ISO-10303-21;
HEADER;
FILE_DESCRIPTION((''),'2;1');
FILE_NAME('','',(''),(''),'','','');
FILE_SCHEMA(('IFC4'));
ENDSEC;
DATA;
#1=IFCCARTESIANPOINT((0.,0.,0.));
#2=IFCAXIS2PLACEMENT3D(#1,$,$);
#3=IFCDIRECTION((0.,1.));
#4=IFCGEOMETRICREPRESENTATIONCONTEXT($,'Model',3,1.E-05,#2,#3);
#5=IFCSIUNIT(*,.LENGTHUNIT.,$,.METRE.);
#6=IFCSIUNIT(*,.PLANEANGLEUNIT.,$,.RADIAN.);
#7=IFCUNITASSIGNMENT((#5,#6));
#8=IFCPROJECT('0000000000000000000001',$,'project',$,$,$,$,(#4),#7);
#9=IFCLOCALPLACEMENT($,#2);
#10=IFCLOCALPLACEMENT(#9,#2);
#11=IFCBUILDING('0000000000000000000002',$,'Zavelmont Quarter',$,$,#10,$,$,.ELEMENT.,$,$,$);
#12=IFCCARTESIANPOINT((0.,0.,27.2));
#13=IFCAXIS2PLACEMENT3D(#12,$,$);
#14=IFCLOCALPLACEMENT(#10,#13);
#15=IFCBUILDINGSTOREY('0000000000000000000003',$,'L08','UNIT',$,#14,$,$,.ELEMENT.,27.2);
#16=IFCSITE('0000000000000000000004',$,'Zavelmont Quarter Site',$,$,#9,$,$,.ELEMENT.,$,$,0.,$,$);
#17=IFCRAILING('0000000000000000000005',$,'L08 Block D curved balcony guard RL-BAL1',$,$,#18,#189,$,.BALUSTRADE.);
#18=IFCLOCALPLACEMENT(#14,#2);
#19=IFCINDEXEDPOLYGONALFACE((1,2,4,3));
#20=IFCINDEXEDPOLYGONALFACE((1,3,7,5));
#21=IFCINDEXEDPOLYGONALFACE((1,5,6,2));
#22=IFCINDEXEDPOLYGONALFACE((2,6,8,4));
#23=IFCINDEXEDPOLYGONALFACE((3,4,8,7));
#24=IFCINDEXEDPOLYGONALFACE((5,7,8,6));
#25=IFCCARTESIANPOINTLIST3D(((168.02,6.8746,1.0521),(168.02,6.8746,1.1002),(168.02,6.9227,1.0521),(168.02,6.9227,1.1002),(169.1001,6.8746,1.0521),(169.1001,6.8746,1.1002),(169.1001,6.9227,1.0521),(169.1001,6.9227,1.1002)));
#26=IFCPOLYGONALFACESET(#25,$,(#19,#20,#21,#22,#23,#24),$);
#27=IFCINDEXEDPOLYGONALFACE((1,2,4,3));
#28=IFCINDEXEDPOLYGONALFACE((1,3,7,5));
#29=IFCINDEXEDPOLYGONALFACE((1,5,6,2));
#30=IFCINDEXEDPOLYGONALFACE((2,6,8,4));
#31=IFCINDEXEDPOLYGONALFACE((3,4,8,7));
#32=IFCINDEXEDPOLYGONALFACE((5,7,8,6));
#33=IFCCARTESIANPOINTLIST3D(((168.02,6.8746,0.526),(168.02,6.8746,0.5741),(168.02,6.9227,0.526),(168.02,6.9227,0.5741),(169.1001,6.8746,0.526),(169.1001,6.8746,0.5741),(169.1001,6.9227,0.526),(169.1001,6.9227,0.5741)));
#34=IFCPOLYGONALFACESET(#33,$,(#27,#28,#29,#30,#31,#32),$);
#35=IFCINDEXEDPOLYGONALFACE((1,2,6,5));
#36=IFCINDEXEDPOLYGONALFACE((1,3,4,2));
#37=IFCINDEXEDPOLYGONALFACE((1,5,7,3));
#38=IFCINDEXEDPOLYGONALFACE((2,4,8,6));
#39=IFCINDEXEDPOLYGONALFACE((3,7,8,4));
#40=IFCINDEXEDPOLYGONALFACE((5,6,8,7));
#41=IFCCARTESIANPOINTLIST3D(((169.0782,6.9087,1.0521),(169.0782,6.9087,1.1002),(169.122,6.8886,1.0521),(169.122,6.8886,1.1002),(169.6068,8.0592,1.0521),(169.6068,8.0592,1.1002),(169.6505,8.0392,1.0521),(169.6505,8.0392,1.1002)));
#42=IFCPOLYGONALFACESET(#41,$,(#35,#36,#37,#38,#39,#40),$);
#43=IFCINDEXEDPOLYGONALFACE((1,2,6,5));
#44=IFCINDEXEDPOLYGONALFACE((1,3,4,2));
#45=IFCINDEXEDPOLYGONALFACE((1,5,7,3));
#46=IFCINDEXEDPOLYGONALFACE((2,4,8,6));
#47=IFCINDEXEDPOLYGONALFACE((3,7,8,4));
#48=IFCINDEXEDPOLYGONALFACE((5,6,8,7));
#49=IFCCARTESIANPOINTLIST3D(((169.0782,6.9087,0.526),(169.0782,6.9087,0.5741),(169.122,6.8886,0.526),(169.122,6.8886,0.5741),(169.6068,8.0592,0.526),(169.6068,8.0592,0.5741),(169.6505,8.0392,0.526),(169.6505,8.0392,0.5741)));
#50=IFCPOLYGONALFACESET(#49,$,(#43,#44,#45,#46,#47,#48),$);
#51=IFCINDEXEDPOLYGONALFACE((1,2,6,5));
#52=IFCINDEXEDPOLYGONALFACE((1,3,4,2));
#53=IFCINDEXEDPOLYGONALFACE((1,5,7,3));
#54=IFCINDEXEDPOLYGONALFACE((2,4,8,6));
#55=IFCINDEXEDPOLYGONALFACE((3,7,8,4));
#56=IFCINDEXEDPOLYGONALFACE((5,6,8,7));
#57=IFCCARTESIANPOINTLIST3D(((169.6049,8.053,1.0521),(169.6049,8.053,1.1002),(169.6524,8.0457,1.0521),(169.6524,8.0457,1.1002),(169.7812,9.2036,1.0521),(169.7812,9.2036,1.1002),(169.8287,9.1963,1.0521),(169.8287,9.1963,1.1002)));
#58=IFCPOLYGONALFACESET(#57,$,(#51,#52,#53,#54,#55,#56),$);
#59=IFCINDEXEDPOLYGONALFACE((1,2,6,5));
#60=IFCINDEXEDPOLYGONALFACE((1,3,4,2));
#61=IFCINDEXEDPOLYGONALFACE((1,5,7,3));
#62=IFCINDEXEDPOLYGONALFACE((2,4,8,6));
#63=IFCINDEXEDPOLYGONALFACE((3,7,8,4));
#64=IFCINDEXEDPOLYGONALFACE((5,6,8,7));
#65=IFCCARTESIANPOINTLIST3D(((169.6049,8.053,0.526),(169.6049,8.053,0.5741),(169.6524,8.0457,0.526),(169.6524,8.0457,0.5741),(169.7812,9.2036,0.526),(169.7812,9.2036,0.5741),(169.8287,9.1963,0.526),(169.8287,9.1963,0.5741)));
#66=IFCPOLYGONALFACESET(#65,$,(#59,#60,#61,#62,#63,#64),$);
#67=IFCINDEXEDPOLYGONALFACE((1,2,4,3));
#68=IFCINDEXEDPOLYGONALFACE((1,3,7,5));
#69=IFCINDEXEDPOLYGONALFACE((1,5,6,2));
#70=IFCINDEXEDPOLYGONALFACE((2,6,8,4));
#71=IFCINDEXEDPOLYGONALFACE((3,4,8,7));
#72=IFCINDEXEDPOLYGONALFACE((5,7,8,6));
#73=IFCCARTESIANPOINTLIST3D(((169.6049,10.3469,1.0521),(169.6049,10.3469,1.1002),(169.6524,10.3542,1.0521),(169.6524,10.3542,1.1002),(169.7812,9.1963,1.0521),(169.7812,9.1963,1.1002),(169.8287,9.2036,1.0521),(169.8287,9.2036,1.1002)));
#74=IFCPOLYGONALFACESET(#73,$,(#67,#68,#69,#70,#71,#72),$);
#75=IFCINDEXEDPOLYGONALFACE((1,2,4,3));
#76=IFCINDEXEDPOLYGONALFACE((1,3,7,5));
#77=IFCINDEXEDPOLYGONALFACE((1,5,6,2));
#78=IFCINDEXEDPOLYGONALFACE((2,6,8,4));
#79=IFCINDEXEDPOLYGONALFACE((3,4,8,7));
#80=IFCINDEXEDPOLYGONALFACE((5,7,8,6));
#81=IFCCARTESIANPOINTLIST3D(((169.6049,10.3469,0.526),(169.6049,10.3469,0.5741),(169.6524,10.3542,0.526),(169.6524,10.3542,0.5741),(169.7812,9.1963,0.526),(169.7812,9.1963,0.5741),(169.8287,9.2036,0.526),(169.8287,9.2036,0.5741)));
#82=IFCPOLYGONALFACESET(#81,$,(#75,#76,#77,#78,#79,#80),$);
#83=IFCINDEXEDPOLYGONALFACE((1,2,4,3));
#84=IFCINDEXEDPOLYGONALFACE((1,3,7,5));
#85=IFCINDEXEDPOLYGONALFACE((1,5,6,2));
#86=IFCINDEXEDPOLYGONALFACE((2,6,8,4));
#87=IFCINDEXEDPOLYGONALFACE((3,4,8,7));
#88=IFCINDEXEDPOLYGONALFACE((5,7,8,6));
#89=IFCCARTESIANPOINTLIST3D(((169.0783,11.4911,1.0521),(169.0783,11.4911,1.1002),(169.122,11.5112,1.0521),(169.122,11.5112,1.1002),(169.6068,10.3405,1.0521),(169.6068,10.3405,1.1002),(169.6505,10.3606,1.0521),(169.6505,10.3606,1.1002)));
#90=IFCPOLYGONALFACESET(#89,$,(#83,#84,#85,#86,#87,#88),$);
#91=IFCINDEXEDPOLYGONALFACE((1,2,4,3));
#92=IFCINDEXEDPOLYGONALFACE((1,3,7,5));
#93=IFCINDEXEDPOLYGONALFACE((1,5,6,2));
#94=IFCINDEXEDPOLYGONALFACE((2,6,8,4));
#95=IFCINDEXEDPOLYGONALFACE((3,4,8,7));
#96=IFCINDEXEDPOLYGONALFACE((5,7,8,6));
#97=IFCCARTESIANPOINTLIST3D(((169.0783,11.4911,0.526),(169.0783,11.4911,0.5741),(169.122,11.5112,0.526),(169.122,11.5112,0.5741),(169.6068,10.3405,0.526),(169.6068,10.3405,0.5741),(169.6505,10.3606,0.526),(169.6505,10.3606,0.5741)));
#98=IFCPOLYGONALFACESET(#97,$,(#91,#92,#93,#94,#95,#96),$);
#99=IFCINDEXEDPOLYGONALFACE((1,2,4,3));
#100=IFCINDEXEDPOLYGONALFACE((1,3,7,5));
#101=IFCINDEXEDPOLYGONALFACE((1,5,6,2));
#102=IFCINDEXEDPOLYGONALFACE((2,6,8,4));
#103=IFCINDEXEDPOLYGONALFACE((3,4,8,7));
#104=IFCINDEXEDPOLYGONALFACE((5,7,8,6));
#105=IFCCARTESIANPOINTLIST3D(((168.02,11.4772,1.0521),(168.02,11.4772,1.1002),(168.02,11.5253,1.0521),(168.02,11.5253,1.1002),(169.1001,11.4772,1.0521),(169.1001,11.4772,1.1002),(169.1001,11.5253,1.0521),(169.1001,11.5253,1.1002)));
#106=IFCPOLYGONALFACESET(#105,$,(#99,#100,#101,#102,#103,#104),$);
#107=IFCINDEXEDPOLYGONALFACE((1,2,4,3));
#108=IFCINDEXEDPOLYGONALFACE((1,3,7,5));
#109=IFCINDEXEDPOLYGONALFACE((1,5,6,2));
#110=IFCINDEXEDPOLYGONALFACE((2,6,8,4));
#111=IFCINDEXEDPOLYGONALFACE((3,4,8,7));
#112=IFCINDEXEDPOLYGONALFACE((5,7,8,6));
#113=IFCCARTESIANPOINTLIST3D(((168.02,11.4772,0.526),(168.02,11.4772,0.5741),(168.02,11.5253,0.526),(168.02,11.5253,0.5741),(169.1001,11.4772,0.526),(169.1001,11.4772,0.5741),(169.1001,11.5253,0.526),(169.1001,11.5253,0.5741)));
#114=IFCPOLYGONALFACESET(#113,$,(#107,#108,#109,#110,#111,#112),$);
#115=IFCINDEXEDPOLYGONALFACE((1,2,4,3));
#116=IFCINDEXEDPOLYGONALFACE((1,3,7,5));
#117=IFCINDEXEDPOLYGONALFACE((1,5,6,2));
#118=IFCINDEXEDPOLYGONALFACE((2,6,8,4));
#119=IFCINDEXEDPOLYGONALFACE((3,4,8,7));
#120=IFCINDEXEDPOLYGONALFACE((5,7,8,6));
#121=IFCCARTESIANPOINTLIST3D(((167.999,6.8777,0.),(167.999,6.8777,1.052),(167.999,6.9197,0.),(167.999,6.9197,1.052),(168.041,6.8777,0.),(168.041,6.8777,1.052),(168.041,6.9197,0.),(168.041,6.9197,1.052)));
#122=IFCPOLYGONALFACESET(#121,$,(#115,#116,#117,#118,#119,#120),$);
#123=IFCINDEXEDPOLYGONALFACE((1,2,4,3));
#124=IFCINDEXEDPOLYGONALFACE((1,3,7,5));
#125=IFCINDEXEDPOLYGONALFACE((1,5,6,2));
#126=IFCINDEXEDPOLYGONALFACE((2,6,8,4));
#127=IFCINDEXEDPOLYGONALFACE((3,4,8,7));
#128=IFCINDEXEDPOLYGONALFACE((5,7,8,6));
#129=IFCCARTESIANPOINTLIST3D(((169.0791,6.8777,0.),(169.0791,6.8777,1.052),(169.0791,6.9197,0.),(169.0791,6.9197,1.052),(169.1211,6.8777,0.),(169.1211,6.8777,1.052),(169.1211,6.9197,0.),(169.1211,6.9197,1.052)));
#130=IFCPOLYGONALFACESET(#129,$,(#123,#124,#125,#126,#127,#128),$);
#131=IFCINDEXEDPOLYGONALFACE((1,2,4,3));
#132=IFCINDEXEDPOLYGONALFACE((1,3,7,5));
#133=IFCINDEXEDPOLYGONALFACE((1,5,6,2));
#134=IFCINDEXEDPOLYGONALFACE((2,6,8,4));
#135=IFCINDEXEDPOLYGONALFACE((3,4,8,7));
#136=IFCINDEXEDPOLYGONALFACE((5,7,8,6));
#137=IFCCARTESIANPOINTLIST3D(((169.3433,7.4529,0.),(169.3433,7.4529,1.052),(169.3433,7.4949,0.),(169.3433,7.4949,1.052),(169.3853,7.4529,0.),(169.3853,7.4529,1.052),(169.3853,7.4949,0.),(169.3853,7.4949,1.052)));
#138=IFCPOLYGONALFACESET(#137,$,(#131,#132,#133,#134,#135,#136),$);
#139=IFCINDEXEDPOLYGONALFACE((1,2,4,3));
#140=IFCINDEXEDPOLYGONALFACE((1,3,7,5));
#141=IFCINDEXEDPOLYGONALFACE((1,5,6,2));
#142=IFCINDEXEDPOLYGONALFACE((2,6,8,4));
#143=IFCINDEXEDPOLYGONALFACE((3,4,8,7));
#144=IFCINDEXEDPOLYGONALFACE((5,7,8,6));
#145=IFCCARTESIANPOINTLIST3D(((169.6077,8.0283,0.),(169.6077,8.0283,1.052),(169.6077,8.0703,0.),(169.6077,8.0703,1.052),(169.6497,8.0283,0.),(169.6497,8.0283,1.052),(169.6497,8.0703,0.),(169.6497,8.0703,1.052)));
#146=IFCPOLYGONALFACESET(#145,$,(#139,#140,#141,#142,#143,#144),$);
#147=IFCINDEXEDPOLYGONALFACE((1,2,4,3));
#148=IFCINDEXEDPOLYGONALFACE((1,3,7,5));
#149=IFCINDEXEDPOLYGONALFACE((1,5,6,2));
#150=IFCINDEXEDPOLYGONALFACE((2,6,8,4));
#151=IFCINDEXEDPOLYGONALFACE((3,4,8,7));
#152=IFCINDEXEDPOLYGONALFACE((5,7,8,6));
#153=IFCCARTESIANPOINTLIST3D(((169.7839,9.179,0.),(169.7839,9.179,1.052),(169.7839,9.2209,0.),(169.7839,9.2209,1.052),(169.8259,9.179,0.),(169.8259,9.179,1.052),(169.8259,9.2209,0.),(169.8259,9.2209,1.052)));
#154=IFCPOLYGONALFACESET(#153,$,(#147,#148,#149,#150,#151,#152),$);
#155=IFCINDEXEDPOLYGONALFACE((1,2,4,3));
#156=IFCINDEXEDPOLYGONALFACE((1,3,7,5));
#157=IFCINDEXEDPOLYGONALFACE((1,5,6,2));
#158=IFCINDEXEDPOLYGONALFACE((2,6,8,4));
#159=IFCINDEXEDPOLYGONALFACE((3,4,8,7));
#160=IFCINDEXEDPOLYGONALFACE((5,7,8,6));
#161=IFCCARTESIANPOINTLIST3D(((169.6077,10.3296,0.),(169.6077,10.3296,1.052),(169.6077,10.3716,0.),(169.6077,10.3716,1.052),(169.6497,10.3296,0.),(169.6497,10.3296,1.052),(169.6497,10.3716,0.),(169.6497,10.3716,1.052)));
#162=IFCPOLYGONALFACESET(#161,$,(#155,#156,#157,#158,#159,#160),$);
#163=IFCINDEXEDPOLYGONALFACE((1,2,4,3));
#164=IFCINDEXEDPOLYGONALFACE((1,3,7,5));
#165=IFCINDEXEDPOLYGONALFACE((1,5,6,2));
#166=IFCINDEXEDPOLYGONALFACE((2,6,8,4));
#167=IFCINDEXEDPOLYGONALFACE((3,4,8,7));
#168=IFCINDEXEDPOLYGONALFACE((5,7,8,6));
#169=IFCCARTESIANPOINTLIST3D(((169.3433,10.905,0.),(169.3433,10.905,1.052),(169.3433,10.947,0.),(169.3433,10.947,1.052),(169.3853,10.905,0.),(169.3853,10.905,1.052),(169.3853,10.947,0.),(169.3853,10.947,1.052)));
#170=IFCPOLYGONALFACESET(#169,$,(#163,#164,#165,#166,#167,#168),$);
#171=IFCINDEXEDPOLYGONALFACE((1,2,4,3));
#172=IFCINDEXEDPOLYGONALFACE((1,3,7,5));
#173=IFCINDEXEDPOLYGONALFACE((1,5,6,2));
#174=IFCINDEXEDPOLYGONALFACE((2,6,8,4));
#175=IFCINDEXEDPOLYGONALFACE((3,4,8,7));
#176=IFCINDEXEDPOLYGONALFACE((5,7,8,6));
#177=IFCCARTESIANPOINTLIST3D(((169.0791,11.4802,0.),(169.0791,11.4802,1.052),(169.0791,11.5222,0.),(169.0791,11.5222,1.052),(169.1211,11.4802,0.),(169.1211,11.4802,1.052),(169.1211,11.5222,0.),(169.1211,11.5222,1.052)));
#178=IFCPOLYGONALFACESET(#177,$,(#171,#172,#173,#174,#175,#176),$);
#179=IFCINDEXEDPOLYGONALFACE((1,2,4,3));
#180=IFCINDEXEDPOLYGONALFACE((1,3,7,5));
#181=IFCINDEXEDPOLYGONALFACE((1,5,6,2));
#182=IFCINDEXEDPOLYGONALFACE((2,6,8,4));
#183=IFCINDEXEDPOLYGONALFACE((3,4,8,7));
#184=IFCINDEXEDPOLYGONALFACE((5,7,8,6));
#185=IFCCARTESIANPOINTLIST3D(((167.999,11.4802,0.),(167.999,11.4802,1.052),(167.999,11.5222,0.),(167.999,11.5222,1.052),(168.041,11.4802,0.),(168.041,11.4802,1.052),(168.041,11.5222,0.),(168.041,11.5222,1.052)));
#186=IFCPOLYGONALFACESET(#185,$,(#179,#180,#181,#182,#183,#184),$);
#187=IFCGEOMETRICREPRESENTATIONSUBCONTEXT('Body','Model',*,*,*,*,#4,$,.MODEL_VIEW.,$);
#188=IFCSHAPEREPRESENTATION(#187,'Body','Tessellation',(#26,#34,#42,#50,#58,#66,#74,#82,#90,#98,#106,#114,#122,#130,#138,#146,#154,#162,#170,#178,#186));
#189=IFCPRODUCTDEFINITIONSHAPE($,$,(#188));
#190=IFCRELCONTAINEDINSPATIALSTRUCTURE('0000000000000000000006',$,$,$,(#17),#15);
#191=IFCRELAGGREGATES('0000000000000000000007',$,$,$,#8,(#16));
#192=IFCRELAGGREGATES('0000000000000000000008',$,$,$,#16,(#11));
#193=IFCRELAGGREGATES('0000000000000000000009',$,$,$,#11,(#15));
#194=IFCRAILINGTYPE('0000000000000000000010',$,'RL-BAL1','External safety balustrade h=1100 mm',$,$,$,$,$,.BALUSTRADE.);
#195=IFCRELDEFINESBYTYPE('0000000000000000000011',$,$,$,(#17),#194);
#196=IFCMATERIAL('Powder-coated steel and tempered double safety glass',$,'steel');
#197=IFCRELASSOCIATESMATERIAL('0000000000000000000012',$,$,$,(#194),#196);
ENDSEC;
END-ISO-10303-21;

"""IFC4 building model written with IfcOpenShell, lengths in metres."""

from ifc_helpers import new_model, si_unit, direction, frame, origin, origin_2d, place, context, subcontext, project, spatial, rectangle, extrude, material, type_object, element, save


model = new_model("IFC4")

# Units and contexts
model_context = context("Model", 3, precision=1e-05, world=origin(), true_north=direction((0.0, 1.0)))
body_context = subcontext(model_context, "Body", "Model", "MODEL_VIEW")
ifc_project = project(units=[si_unit("LENGTHUNIT", "METRE"), si_unit("PLANEANGLEUNIT", "RADIAN")], contexts=[model_context])

# Site, building, storey
site_placement = place(None, origin())
site = spatial("IfcSite", under=ifc_project, at=site_placement, Name="Zavelmont Quarter Site", CompositionType="ELEMENT", RefElevation=0.0)
building_placement = place(site_placement, origin())
building = spatial("IfcBuilding", under=site, at=building_placement, Name="Zavelmont Quarter", CompositionType="ELEMENT")
storey_placement = place(building_placement, frame((0.0, 0.0, 27.2)))
storey = spatial("IfcBuildingStorey", under=building, at=storey_placement, Name="L08", Description="UNIT", CompositionType="ELEMENT", Elevation=27.2)

# Railing
ifc_material_1 = material(Name="Powder-coated steel and tempered double safety glass", Category="steel")
railing_type = type_object("IfcRailingType", Name="RL-BAL1", Description="External safety balustrade h=1100 mm", PredefinedType="BALUSTRADE", material=ifc_material_1)
railing_placement = place(storey_placement, frame((168.02, 6.8987, 0.0)))
element("IfcRailing", 1, at=railing_placement, inside=storey, type_object=railing_type, Name="L08 Block D curved balcony guard RL-BAL1", PredefinedType="BALUSTRADE", context=body_context, shape_type="SweptSolid", body=[
    extrude(rectangle(XDim=0.0481, YDim=0.0481, at=origin_2d()), frame((0.0, 0.0, 1.0762), z_axis=(1.0, 0.0, 0.0), x_axis=(0.0, 1.0, 0.0)), (0.0, 0.0, 1.0), 1.0801),
    extrude(rectangle(XDim=0.0481, YDim=0.0481, at=origin_2d()), frame((0.0, 0.0, 0.55), z_axis=(1.0, 0.0, 0.0), x_axis=(0.0, 1.0, 0.0)), (0.0, 0.0, 1.0), 1.0801),
    extrude(rectangle(XDim=0.0481, YDim=0.0481, at=origin_2d()), frame((1.0801, 0.0, 1.0762), z_axis=(0.417431, 0.908708, 0.0), x_axis=(-0.908708, 0.417431, 0.0)), (0.0, 0.0, 1.0), 1.2661),
    extrude(rectangle(XDim=0.0481, YDim=0.0481, at=origin_2d()), frame((1.0801, 0.0, 0.55), z_axis=(0.417431, 0.908708, 0.0), x_axis=(-0.908708, 0.417431, 0.0)), (0.0, 0.0, 1.0), 1.2661),
    extrude(rectangle(XDim=0.0481, YDim=0.0481, at=origin_2d()), frame((1.6086, 1.1506, 1.0762), z_axis=(0.151427, 0.988468, 0.0), x_axis=(-0.988468, 0.151427, 0.0)), (0.0, 0.0, 1.0), 1.1641),
    extrude(rectangle(XDim=0.0481, YDim=0.0481, at=origin_2d()), frame((1.6086, 1.1506, 0.55), z_axis=(0.151427, 0.988468, 0.0), x_axis=(-0.988468, 0.151427, 0.0)), (0.0, 0.0, 1.0), 1.1641),
    extrude(rectangle(XDim=0.0481, YDim=0.0481, at=origin_2d()), frame((1.7849, 2.3013, 1.0762), z_axis=(-0.151427, 0.988468, 0.0), x_axis=(-0.988468, -0.151427, 0.0)), (0.0, 0.0, 1.0), 1.1641),
    extrude(rectangle(XDim=0.0481, YDim=0.0481, at=origin_2d()), frame((1.7849, 2.3013, 0.55), z_axis=(-0.151427, 0.988468, 0.0), x_axis=(-0.988468, -0.151427, 0.0)), (0.0, 0.0, 1.0), 1.1641),
    extrude(rectangle(XDim=0.0481, YDim=0.0481, at=origin_2d()), frame((1.6086, 3.4519, 1.0762), z_axis=(-0.417431, 0.908708, 0.0), x_axis=(-0.908708, -0.417431, 0.0)), (0.0, 0.0, 1.0), 1.2661),
    extrude(rectangle(XDim=0.0481, YDim=0.0481, at=origin_2d()), frame((1.6086, 3.4519, 0.55), z_axis=(-0.417431, 0.908708, 0.0), x_axis=(-0.908708, -0.417431, 0.0)), (0.0, 0.0, 1.0), 1.2661),
    extrude(rectangle(XDim=0.0481, YDim=0.0481, at=origin_2d()), frame((1.0801, 4.6025, 1.0762), z_axis=(-1.0, 0.0, 0.0), x_axis=(0.0, -1.0, 0.0)), (0.0, 0.0, 1.0), 1.0801),
    extrude(rectangle(XDim=0.0481, YDim=0.0481, at=origin_2d()), frame((1.0801, 4.6025, 0.55), z_axis=(-1.0, 0.0, 0.0), x_axis=(0.0, -1.0, 0.0)), (0.0, 0.0, 1.0), 1.0801),
    extrude(rectangle(XDim=0.042, YDim=0.042, at=origin_2d()), origin(), (0.0, 0.0, 1.0), 1.052),
    extrude(rectangle(XDim=0.042, YDim=0.042, at=origin_2d()), frame((1.0801, 0.0, 0.0)), (0.0, 0.0, 1.0), 1.052),
    extrude(rectangle(XDim=0.042, YDim=0.042, at=origin_2d()), frame((1.3442, 0.5752, 0.0)), (0.0, 0.0, 1.0), 1.052),
    extrude(rectangle(XDim=0.042, YDim=0.042, at=origin_2d()), frame((1.6086, 1.1506, 0.0)), (0.0, 0.0, 1.0), 1.052),
    extrude(rectangle(XDim=0.042, YDim=0.042, at=origin_2d()), frame((1.7849, 2.3013, 0.0)), (0.0, 0.0, 1.0), 1.052),
    extrude(rectangle(XDim=0.042, YDim=0.042, at=origin_2d()), frame((1.6086, 3.4519, 0.0)), (0.0, 0.0, 1.0), 1.052),
    extrude(rectangle(XDim=0.042, YDim=0.042, at=origin_2d()), frame((1.3442, 4.0273, 0.0)), (0.0, 0.0, 1.0), 1.052),
    extrude(rectangle(XDim=0.042, YDim=0.042, at=origin_2d()), frame((1.0801, 4.6025, 0.0)), (0.0, 0.0, 1.0), 1.052),
    extrude(rectangle(XDim=0.042, YDim=0.042, at=origin_2d()), frame((0.0, 4.6025, 0.0)), (0.0, 0.0, 1.0), 1.052),
])

save(model, "model.ifc")
